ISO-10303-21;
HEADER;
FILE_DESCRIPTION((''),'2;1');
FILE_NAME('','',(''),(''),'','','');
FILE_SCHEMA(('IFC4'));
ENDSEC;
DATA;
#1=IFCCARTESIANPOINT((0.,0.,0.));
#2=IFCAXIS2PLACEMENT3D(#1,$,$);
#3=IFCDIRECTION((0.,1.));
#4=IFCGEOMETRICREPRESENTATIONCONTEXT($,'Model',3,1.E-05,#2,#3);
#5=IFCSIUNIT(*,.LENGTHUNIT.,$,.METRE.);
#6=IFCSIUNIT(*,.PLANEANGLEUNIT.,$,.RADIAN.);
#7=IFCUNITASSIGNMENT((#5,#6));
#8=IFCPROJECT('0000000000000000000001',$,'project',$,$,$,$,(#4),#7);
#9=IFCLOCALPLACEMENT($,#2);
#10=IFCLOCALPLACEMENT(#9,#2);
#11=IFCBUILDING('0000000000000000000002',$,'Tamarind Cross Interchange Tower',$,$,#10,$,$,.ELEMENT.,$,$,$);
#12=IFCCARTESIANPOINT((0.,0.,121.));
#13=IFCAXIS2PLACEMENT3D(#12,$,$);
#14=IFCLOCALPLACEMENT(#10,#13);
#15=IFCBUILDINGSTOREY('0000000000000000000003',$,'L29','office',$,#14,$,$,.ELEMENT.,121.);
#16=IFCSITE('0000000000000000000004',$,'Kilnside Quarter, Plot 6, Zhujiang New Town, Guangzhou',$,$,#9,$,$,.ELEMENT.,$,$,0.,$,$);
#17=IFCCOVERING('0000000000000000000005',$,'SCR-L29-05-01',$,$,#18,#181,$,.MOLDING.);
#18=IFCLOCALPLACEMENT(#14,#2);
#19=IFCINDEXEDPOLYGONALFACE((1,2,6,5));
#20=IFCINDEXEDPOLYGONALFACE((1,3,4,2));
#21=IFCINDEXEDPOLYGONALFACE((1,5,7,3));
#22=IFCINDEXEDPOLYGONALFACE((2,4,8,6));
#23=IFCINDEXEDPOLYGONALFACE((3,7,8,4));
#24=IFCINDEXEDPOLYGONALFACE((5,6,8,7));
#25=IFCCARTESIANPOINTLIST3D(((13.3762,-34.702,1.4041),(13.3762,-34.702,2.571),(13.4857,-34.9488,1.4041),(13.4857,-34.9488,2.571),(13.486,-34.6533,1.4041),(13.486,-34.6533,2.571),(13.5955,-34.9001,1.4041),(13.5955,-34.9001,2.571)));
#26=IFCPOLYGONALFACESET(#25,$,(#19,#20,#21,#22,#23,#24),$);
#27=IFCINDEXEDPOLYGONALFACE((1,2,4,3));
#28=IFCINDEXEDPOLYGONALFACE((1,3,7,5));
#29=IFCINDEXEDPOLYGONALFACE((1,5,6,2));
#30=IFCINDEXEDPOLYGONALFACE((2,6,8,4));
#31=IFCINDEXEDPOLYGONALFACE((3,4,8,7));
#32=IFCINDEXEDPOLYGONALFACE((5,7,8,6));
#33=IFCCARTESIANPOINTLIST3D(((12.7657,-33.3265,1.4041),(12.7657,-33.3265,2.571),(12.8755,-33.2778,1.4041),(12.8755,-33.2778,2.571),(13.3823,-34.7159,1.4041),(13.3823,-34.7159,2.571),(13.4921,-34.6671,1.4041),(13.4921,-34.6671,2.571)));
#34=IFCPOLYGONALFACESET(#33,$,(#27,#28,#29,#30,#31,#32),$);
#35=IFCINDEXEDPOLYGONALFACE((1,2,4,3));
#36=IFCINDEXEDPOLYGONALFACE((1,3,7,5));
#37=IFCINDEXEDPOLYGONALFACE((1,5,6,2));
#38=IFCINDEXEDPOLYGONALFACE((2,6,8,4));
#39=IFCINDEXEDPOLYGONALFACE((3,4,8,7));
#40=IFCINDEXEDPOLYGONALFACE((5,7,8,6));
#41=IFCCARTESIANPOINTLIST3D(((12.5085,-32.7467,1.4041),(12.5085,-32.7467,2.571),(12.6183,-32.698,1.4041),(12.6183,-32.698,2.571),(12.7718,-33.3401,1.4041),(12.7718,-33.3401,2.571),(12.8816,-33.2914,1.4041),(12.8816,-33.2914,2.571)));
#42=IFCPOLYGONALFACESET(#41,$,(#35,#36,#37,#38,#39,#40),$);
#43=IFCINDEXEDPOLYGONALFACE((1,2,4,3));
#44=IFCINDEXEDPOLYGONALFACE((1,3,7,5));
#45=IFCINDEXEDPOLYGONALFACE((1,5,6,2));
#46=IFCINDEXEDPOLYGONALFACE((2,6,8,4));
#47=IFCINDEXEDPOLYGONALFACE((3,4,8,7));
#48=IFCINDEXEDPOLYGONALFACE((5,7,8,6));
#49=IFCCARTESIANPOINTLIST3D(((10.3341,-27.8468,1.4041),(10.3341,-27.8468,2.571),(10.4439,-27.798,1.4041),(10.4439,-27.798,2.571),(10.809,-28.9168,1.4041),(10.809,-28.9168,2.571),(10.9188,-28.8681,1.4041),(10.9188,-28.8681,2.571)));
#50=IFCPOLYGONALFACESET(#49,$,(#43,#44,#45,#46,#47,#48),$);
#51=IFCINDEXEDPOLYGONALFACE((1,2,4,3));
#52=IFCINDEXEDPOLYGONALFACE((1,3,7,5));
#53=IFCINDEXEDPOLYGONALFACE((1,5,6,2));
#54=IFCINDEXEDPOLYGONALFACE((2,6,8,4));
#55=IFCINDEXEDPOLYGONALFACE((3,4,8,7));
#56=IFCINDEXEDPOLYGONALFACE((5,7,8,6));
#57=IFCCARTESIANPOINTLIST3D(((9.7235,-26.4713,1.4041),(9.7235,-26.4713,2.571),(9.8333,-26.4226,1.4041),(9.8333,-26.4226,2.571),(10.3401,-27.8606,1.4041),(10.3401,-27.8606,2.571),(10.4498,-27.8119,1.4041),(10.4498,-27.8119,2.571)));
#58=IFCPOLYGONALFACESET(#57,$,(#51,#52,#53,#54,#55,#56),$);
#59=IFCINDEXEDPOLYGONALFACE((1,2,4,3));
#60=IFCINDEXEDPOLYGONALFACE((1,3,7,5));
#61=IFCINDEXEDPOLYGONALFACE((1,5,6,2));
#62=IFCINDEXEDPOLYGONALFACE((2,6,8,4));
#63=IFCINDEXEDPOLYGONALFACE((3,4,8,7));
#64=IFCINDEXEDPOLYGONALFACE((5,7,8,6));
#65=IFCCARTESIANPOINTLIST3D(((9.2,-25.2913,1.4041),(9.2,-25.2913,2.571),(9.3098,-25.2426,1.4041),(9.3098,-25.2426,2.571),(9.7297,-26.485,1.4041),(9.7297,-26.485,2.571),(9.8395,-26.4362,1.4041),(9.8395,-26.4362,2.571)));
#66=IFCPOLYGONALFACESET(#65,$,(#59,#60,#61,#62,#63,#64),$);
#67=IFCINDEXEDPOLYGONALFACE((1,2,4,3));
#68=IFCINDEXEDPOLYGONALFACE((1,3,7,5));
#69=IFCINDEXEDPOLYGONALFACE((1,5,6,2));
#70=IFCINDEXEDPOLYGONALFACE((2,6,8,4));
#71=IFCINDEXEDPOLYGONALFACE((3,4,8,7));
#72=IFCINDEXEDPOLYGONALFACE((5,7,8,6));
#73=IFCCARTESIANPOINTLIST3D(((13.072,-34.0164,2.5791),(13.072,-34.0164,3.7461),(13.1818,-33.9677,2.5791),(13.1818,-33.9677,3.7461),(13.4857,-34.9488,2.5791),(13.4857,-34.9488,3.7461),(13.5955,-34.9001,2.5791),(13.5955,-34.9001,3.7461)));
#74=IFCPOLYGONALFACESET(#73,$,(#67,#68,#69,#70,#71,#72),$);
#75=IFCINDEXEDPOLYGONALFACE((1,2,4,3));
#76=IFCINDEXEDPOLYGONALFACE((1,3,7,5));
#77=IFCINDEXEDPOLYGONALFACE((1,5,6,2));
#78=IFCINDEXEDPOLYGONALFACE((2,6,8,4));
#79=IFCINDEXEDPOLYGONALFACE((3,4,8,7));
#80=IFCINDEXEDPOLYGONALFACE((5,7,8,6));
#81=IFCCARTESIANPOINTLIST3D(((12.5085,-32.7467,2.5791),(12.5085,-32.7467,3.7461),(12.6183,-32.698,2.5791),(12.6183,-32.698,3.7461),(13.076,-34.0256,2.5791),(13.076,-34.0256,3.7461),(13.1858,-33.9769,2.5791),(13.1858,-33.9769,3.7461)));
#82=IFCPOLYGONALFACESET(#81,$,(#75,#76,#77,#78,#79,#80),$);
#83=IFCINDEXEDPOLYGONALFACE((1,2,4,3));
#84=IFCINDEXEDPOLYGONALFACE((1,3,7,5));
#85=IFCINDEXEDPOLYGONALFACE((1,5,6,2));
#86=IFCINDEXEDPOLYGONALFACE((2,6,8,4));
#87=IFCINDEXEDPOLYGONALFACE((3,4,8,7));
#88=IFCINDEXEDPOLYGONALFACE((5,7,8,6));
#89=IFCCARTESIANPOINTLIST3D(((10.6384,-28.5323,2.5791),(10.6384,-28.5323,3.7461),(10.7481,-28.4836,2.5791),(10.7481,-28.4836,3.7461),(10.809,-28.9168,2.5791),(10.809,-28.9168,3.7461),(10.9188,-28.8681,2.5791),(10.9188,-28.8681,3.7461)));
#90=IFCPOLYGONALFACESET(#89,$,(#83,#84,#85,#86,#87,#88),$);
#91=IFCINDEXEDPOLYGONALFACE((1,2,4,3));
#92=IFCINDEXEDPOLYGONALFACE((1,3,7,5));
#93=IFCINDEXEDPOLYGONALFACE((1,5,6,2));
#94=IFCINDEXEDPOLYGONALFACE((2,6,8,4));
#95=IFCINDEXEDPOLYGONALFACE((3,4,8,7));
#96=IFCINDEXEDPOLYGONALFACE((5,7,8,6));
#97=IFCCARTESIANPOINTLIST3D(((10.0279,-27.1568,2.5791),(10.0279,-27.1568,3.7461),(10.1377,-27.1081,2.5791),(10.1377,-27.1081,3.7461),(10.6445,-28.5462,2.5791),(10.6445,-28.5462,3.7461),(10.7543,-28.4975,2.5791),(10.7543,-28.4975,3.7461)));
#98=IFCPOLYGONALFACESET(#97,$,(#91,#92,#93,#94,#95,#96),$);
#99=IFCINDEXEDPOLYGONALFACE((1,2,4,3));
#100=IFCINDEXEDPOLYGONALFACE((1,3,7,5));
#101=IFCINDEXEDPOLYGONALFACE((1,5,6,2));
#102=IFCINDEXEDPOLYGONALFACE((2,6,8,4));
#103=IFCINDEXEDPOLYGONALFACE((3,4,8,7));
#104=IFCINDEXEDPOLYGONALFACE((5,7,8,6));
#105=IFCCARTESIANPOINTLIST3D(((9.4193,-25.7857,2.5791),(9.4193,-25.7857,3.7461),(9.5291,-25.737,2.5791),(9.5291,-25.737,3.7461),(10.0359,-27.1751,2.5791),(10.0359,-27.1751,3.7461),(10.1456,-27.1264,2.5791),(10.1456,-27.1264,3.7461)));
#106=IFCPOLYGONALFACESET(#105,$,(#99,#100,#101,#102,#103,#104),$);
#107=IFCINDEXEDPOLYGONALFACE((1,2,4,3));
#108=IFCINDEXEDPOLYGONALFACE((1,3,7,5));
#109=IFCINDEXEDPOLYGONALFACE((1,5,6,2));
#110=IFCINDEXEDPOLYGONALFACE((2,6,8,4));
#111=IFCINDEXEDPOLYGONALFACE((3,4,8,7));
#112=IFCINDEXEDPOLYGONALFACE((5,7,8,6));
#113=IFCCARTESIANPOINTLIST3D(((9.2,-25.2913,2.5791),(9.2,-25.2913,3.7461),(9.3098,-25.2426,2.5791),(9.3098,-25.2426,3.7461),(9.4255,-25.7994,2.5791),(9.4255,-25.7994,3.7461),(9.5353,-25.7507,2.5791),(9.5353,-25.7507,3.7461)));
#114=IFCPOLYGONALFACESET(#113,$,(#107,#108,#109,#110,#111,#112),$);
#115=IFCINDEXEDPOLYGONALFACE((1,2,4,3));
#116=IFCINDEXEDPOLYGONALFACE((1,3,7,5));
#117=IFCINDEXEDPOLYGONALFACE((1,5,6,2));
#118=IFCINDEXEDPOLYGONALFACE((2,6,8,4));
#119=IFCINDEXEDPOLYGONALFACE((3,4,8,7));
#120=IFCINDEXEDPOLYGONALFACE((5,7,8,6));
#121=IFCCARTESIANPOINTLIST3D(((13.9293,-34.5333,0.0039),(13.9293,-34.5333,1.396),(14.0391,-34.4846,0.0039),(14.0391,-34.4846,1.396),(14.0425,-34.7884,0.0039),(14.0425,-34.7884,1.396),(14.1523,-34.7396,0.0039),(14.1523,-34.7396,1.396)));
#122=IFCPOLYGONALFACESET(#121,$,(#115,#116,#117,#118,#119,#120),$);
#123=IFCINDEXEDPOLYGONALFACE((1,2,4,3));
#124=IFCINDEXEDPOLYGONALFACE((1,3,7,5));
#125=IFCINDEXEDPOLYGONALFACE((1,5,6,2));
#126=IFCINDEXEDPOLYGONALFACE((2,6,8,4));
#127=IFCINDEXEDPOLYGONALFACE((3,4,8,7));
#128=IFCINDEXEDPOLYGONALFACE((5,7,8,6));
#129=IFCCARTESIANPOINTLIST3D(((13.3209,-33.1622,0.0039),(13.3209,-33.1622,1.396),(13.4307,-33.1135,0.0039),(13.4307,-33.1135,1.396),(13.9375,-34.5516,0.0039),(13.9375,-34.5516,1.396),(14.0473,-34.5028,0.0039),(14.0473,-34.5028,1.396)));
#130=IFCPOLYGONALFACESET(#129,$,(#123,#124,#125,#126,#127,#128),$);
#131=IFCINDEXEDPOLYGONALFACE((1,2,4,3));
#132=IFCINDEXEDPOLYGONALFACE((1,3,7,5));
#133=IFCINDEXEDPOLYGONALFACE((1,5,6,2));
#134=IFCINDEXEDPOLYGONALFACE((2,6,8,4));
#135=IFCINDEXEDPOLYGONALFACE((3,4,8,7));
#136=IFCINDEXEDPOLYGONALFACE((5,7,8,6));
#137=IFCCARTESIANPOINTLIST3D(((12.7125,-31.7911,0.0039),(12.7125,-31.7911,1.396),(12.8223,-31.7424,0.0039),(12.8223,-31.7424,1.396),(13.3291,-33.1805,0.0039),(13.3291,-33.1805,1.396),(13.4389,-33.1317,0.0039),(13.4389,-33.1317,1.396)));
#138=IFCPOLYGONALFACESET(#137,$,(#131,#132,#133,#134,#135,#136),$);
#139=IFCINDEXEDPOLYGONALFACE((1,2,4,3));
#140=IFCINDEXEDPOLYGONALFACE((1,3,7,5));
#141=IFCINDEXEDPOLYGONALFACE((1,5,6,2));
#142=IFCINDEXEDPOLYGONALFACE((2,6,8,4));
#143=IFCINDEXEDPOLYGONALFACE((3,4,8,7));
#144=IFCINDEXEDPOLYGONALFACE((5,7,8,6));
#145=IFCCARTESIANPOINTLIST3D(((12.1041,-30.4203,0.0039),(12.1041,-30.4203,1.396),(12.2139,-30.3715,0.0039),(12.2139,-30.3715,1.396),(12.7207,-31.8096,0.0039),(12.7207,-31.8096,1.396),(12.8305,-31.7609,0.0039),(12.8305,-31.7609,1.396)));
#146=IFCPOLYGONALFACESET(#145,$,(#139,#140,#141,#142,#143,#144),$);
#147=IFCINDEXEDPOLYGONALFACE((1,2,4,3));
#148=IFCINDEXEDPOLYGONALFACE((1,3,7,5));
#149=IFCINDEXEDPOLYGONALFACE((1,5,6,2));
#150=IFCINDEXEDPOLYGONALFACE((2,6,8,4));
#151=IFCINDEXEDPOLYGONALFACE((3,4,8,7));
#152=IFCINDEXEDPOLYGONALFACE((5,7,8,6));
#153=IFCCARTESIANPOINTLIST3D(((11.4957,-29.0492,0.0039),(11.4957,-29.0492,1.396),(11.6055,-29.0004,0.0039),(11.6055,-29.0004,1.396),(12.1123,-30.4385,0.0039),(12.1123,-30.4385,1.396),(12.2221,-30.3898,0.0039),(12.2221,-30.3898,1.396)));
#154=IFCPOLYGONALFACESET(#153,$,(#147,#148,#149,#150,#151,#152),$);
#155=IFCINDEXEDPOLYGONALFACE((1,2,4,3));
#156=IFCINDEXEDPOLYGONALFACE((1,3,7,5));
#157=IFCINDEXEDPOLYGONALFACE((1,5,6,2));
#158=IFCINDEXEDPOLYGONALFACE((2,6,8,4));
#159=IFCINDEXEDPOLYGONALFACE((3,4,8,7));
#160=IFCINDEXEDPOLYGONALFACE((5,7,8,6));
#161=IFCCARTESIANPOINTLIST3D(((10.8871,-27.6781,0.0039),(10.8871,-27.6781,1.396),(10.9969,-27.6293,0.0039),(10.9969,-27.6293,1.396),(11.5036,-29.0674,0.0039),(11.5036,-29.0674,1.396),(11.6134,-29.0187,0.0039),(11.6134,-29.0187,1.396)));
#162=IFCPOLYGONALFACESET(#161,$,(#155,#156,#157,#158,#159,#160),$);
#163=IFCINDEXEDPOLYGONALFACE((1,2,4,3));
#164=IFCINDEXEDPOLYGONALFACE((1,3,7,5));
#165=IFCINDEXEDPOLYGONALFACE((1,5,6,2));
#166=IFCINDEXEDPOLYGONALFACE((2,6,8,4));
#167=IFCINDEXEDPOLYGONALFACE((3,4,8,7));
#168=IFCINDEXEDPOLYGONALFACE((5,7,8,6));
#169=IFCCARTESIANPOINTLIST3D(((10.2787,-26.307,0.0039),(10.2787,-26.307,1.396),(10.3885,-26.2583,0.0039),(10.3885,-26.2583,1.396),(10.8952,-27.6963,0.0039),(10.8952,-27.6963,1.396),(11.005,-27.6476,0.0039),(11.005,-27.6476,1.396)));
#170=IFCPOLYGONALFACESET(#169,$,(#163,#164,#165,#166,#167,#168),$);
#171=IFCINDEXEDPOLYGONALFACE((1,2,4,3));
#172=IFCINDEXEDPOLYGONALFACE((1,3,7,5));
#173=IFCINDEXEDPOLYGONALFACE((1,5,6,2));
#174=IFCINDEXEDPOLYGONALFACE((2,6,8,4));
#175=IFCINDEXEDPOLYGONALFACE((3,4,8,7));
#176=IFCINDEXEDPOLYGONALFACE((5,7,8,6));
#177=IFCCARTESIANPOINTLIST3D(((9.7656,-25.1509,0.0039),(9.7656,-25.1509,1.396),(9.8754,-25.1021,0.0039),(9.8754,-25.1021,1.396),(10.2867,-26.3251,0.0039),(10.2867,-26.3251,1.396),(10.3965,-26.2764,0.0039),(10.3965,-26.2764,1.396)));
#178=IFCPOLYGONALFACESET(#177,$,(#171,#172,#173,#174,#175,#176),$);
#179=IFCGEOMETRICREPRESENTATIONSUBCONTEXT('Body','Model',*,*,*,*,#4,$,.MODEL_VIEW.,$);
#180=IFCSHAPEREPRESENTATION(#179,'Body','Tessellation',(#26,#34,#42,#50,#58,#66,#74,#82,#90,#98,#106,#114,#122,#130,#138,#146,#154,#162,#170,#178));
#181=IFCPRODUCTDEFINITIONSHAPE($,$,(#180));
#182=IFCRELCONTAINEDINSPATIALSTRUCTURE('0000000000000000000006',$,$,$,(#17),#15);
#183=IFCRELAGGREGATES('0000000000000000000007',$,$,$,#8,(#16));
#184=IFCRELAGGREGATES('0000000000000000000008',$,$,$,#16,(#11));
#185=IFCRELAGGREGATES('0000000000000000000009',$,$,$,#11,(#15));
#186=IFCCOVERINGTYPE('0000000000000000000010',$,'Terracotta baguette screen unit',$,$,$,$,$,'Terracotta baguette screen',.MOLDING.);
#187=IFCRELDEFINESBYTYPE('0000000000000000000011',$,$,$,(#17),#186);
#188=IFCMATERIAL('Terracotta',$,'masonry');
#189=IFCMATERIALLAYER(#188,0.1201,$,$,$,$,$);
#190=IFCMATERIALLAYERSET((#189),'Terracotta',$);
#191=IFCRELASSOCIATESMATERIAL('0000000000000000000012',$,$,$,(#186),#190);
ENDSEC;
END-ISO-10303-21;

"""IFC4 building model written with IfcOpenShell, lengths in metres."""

from ifc_helpers import new_model, si_unit, direction, frame, origin, origin_2d, place, context, subcontext, project, spatial, rectangle, extrude, material, layer, layer_set, type_object, element, save


model = new_model("IFC4")

# Units and contexts
model_context = context("Model", 3, precision=1e-05, world=origin(), true_north=direction((0.0, 1.0)))
body_context = subcontext(model_context, "Body", "Model", "MODEL_VIEW")
ifc_project = project(units=[si_unit("LENGTHUNIT", "METRE"), si_unit("PLANEANGLEUNIT", "RADIAN")], contexts=[model_context])

# Site, building, storey
site_placement = place(None, origin())
site = spatial("IfcSite", under=ifc_project, at=site_placement, Name="Kilnside Quarter, Plot 6, Zhujiang New Town, Guangzhou", CompositionType="ELEMENT", RefElevation=0.0)
building_placement = place(site_placement, origin())
building = spatial("IfcBuilding", under=site, at=building_placement, Name="Tamarind Cross Interchange Tower", CompositionType="ELEMENT")
storey_placement = place(building_placement, frame((0.0, 0.0, 121.0)))
storey = spatial("IfcBuildingStorey", under=building, at=storey_placement, Name="L29", Description="office", CompositionType="ELEMENT", Elevation=121.0)

# Covering
ifc_material_1 = material(Name="Terracotta", Category="masonry")
ifc_layer_1 = layer(ifc_material_1, 0.1201)
ifc_layer_set_1 = layer_set([ifc_layer_1], Name="Terracotta")
covering_type = type_object("IfcCoveringType", Name="Terracotta baguette screen unit", ElementType="Terracotta baguette screen", PredefinedType="MOLDING", material=ifc_layer_set_1)
covering_1_placement = place(storey_placement, origin())
element("IfcCovering", 1, at=covering_1_placement, inside=storey, type_object=covering_type, Name="SCR-L29-05-01", PredefinedType="MOLDING", context=body_context, shape_type="SweptSolid", body=[
    extrude(rectangle(XDim=0.27, YDim=0.1201, at=origin_2d()), frame((13.4858, -34.801, 1.4041), z_axis=(0.0, 0.0, 1.0), x_axis=(-0.405624, 0.91404, 0.0)), (0.0, 0.0, 1.0), 1.167),
    extrude(rectangle(XDim=1.52, YDim=0.1201, at=origin_2d()), frame((13.1289, -33.9968, 1.4041), z_axis=(0.0, 0.0, 1.0), x_axis=(-0.405624, 0.91404, 0.0)), (0.0, 0.0, 1.0), 1.167),
    extrude(rectangle(XDim=0.6492, YDim=0.1201, at=origin_2d()), frame((12.6951, -33.019, 1.4041), z_axis=(0.0, 0.0, 1.0), x_axis=(-0.405624, 0.91404, 0.0)), (0.0, 0.0, 1.0), 1.167),
    extrude(rectangle(XDim=1.1707, YDim=0.1201, at=origin_2d()), frame((10.6265, -28.3574, 1.4041), z_axis=(0.0, 0.0, 1.0), x_axis=(-0.405624, 0.91404, 0.0)), (0.0, 0.0, 1.0), 1.167),
    extrude(rectangle(XDim=1.52, YDim=0.1201, at=origin_2d()), frame((10.0867, -27.1416, 1.4041), z_axis=(0.0, 0.0, 1.0), x_axis=(-0.405624, 0.91404, 0.0)), (0.0, 0.0, 1.0), 1.167),
    extrude(rectangle(XDim=1.3059, YDim=0.1201, at=origin_2d()), frame((9.5198, -25.8638, 1.4041), z_axis=(0.0, 0.0, 1.0), x_axis=(-0.405624, 0.91404, 0.0)), (0.0, 0.0, 1.0), 1.167),
    extrude(rectangle(XDim=1.02, YDim=0.1201, at=origin_2d()), frame((13.3337, -34.4583, 2.5791), z_axis=(0.0, 0.0, 1.0), x_axis=(-0.405624, 0.91404, 0.0)), (0.0, 0.0, 1.0), 1.167),
    extrude(rectangle(XDim=1.3992, YDim=0.1201, at=origin_2d()), frame((12.8472, -33.3618, 2.5791), z_axis=(0.0, 0.0, 1.0), x_axis=(-0.405624, 0.91404, 0.0)), (0.0, 0.0, 1.0), 1.167),
    extrude(rectangle(XDim=0.4207, YDim=0.1201, at=origin_2d()), frame((10.7786, -28.7002, 2.5791), z_axis=(0.0, 0.0, 1.0), x_axis=(-0.405624, 0.91404, 0.0)), (0.0, 0.0, 1.0), 1.167),
    extrude(rectangle(XDim=1.52, YDim=0.1201, at=origin_2d()), frame((10.3911, -27.8271, 2.5791), z_axis=(0.0, 0.0, 1.0), x_axis=(-0.405624, 0.91404, 0.0)), (0.0, 0.0, 1.0), 1.167),
    extrude(rectangle(XDim=1.52, YDim=0.1201, at=origin_2d()), frame((9.7825, -26.4561, 2.5791), z_axis=(0.0, 0.0, 1.0), x_axis=(-0.405624, 0.91404, 0.0)), (0.0, 0.0, 1.0), 1.167),
    extrude(rectangle(XDim=0.5559, YDim=0.1201, at=origin_2d()), frame((9.3677, -25.521, 2.5791), z_axis=(0.0, 0.0, 1.0), x_axis=(-0.405624, 0.91404, 0.0)), (0.0, 0.0, 1.0), 1.167),
    extrude(rectangle(XDim=0.2791, YDim=0.1201, at=origin_2d()), frame((14.0408, -34.6365, 0.0039), z_axis=(0.0, 0.0, 1.0), x_axis=(-0.405624, 0.91404, 0.0)), (0.0, 0.0, 1.0), 1.3921),
    extrude(rectangle(XDim=1.52, YDim=0.1201, at=origin_2d()), frame((13.6841, -33.8325, 0.0039), z_axis=(0.0, 0.0, 1.0), x_axis=(-0.405624, 0.91404, 0.0)), (0.0, 0.0, 1.0), 1.3921),
    extrude(rectangle(XDim=1.52, YDim=0.1201, at=origin_2d()), frame((13.0757, -32.4614, 0.0039), z_axis=(0.0, 0.0, 1.0), x_axis=(-0.405624, 0.91404, 0.0)), (0.0, 0.0, 1.0), 1.3921),
    extrude(rectangle(XDim=1.52, YDim=0.1201, at=origin_2d()), frame((12.4673, -31.0906, 0.0039), z_axis=(0.0, 0.0, 1.0), x_axis=(-0.405624, 0.91404, 0.0)), (0.0, 0.0, 1.0), 1.3921),
    extrude(rectangle(XDim=1.52, YDim=0.1201, at=origin_2d()), frame((11.8589, -29.7195, 0.0039), z_axis=(0.0, 0.0, 1.0), x_axis=(-0.405624, 0.91404, 0.0)), (0.0, 0.0, 1.0), 1.3921),
    extrude(rectangle(XDim=1.52, YDim=0.1201, at=origin_2d()), frame((11.2502, -28.3484, 0.0039), z_axis=(0.0, 0.0, 1.0), x_axis=(-0.405624, 0.91404, 0.0)), (0.0, 0.0, 1.0), 1.3921),
    extrude(rectangle(XDim=1.52, YDim=0.1201, at=origin_2d()), frame((10.6418, -26.9773, 0.0039), z_axis=(0.0, 0.0, 1.0), x_axis=(-0.405624, 0.91404, 0.0)), (0.0, 0.0, 1.0), 1.3921),
    extrude(rectangle(XDim=1.2847, YDim=0.1201, at=origin_2d()), frame((10.0811, -25.7136, 0.0039), z_axis=(0.0, 0.0, 1.0), x_axis=(-0.405624, 0.91404, 0.0)), (0.0, 0.0, 1.0), 1.3921),
])

save(model, "model.ifc")
